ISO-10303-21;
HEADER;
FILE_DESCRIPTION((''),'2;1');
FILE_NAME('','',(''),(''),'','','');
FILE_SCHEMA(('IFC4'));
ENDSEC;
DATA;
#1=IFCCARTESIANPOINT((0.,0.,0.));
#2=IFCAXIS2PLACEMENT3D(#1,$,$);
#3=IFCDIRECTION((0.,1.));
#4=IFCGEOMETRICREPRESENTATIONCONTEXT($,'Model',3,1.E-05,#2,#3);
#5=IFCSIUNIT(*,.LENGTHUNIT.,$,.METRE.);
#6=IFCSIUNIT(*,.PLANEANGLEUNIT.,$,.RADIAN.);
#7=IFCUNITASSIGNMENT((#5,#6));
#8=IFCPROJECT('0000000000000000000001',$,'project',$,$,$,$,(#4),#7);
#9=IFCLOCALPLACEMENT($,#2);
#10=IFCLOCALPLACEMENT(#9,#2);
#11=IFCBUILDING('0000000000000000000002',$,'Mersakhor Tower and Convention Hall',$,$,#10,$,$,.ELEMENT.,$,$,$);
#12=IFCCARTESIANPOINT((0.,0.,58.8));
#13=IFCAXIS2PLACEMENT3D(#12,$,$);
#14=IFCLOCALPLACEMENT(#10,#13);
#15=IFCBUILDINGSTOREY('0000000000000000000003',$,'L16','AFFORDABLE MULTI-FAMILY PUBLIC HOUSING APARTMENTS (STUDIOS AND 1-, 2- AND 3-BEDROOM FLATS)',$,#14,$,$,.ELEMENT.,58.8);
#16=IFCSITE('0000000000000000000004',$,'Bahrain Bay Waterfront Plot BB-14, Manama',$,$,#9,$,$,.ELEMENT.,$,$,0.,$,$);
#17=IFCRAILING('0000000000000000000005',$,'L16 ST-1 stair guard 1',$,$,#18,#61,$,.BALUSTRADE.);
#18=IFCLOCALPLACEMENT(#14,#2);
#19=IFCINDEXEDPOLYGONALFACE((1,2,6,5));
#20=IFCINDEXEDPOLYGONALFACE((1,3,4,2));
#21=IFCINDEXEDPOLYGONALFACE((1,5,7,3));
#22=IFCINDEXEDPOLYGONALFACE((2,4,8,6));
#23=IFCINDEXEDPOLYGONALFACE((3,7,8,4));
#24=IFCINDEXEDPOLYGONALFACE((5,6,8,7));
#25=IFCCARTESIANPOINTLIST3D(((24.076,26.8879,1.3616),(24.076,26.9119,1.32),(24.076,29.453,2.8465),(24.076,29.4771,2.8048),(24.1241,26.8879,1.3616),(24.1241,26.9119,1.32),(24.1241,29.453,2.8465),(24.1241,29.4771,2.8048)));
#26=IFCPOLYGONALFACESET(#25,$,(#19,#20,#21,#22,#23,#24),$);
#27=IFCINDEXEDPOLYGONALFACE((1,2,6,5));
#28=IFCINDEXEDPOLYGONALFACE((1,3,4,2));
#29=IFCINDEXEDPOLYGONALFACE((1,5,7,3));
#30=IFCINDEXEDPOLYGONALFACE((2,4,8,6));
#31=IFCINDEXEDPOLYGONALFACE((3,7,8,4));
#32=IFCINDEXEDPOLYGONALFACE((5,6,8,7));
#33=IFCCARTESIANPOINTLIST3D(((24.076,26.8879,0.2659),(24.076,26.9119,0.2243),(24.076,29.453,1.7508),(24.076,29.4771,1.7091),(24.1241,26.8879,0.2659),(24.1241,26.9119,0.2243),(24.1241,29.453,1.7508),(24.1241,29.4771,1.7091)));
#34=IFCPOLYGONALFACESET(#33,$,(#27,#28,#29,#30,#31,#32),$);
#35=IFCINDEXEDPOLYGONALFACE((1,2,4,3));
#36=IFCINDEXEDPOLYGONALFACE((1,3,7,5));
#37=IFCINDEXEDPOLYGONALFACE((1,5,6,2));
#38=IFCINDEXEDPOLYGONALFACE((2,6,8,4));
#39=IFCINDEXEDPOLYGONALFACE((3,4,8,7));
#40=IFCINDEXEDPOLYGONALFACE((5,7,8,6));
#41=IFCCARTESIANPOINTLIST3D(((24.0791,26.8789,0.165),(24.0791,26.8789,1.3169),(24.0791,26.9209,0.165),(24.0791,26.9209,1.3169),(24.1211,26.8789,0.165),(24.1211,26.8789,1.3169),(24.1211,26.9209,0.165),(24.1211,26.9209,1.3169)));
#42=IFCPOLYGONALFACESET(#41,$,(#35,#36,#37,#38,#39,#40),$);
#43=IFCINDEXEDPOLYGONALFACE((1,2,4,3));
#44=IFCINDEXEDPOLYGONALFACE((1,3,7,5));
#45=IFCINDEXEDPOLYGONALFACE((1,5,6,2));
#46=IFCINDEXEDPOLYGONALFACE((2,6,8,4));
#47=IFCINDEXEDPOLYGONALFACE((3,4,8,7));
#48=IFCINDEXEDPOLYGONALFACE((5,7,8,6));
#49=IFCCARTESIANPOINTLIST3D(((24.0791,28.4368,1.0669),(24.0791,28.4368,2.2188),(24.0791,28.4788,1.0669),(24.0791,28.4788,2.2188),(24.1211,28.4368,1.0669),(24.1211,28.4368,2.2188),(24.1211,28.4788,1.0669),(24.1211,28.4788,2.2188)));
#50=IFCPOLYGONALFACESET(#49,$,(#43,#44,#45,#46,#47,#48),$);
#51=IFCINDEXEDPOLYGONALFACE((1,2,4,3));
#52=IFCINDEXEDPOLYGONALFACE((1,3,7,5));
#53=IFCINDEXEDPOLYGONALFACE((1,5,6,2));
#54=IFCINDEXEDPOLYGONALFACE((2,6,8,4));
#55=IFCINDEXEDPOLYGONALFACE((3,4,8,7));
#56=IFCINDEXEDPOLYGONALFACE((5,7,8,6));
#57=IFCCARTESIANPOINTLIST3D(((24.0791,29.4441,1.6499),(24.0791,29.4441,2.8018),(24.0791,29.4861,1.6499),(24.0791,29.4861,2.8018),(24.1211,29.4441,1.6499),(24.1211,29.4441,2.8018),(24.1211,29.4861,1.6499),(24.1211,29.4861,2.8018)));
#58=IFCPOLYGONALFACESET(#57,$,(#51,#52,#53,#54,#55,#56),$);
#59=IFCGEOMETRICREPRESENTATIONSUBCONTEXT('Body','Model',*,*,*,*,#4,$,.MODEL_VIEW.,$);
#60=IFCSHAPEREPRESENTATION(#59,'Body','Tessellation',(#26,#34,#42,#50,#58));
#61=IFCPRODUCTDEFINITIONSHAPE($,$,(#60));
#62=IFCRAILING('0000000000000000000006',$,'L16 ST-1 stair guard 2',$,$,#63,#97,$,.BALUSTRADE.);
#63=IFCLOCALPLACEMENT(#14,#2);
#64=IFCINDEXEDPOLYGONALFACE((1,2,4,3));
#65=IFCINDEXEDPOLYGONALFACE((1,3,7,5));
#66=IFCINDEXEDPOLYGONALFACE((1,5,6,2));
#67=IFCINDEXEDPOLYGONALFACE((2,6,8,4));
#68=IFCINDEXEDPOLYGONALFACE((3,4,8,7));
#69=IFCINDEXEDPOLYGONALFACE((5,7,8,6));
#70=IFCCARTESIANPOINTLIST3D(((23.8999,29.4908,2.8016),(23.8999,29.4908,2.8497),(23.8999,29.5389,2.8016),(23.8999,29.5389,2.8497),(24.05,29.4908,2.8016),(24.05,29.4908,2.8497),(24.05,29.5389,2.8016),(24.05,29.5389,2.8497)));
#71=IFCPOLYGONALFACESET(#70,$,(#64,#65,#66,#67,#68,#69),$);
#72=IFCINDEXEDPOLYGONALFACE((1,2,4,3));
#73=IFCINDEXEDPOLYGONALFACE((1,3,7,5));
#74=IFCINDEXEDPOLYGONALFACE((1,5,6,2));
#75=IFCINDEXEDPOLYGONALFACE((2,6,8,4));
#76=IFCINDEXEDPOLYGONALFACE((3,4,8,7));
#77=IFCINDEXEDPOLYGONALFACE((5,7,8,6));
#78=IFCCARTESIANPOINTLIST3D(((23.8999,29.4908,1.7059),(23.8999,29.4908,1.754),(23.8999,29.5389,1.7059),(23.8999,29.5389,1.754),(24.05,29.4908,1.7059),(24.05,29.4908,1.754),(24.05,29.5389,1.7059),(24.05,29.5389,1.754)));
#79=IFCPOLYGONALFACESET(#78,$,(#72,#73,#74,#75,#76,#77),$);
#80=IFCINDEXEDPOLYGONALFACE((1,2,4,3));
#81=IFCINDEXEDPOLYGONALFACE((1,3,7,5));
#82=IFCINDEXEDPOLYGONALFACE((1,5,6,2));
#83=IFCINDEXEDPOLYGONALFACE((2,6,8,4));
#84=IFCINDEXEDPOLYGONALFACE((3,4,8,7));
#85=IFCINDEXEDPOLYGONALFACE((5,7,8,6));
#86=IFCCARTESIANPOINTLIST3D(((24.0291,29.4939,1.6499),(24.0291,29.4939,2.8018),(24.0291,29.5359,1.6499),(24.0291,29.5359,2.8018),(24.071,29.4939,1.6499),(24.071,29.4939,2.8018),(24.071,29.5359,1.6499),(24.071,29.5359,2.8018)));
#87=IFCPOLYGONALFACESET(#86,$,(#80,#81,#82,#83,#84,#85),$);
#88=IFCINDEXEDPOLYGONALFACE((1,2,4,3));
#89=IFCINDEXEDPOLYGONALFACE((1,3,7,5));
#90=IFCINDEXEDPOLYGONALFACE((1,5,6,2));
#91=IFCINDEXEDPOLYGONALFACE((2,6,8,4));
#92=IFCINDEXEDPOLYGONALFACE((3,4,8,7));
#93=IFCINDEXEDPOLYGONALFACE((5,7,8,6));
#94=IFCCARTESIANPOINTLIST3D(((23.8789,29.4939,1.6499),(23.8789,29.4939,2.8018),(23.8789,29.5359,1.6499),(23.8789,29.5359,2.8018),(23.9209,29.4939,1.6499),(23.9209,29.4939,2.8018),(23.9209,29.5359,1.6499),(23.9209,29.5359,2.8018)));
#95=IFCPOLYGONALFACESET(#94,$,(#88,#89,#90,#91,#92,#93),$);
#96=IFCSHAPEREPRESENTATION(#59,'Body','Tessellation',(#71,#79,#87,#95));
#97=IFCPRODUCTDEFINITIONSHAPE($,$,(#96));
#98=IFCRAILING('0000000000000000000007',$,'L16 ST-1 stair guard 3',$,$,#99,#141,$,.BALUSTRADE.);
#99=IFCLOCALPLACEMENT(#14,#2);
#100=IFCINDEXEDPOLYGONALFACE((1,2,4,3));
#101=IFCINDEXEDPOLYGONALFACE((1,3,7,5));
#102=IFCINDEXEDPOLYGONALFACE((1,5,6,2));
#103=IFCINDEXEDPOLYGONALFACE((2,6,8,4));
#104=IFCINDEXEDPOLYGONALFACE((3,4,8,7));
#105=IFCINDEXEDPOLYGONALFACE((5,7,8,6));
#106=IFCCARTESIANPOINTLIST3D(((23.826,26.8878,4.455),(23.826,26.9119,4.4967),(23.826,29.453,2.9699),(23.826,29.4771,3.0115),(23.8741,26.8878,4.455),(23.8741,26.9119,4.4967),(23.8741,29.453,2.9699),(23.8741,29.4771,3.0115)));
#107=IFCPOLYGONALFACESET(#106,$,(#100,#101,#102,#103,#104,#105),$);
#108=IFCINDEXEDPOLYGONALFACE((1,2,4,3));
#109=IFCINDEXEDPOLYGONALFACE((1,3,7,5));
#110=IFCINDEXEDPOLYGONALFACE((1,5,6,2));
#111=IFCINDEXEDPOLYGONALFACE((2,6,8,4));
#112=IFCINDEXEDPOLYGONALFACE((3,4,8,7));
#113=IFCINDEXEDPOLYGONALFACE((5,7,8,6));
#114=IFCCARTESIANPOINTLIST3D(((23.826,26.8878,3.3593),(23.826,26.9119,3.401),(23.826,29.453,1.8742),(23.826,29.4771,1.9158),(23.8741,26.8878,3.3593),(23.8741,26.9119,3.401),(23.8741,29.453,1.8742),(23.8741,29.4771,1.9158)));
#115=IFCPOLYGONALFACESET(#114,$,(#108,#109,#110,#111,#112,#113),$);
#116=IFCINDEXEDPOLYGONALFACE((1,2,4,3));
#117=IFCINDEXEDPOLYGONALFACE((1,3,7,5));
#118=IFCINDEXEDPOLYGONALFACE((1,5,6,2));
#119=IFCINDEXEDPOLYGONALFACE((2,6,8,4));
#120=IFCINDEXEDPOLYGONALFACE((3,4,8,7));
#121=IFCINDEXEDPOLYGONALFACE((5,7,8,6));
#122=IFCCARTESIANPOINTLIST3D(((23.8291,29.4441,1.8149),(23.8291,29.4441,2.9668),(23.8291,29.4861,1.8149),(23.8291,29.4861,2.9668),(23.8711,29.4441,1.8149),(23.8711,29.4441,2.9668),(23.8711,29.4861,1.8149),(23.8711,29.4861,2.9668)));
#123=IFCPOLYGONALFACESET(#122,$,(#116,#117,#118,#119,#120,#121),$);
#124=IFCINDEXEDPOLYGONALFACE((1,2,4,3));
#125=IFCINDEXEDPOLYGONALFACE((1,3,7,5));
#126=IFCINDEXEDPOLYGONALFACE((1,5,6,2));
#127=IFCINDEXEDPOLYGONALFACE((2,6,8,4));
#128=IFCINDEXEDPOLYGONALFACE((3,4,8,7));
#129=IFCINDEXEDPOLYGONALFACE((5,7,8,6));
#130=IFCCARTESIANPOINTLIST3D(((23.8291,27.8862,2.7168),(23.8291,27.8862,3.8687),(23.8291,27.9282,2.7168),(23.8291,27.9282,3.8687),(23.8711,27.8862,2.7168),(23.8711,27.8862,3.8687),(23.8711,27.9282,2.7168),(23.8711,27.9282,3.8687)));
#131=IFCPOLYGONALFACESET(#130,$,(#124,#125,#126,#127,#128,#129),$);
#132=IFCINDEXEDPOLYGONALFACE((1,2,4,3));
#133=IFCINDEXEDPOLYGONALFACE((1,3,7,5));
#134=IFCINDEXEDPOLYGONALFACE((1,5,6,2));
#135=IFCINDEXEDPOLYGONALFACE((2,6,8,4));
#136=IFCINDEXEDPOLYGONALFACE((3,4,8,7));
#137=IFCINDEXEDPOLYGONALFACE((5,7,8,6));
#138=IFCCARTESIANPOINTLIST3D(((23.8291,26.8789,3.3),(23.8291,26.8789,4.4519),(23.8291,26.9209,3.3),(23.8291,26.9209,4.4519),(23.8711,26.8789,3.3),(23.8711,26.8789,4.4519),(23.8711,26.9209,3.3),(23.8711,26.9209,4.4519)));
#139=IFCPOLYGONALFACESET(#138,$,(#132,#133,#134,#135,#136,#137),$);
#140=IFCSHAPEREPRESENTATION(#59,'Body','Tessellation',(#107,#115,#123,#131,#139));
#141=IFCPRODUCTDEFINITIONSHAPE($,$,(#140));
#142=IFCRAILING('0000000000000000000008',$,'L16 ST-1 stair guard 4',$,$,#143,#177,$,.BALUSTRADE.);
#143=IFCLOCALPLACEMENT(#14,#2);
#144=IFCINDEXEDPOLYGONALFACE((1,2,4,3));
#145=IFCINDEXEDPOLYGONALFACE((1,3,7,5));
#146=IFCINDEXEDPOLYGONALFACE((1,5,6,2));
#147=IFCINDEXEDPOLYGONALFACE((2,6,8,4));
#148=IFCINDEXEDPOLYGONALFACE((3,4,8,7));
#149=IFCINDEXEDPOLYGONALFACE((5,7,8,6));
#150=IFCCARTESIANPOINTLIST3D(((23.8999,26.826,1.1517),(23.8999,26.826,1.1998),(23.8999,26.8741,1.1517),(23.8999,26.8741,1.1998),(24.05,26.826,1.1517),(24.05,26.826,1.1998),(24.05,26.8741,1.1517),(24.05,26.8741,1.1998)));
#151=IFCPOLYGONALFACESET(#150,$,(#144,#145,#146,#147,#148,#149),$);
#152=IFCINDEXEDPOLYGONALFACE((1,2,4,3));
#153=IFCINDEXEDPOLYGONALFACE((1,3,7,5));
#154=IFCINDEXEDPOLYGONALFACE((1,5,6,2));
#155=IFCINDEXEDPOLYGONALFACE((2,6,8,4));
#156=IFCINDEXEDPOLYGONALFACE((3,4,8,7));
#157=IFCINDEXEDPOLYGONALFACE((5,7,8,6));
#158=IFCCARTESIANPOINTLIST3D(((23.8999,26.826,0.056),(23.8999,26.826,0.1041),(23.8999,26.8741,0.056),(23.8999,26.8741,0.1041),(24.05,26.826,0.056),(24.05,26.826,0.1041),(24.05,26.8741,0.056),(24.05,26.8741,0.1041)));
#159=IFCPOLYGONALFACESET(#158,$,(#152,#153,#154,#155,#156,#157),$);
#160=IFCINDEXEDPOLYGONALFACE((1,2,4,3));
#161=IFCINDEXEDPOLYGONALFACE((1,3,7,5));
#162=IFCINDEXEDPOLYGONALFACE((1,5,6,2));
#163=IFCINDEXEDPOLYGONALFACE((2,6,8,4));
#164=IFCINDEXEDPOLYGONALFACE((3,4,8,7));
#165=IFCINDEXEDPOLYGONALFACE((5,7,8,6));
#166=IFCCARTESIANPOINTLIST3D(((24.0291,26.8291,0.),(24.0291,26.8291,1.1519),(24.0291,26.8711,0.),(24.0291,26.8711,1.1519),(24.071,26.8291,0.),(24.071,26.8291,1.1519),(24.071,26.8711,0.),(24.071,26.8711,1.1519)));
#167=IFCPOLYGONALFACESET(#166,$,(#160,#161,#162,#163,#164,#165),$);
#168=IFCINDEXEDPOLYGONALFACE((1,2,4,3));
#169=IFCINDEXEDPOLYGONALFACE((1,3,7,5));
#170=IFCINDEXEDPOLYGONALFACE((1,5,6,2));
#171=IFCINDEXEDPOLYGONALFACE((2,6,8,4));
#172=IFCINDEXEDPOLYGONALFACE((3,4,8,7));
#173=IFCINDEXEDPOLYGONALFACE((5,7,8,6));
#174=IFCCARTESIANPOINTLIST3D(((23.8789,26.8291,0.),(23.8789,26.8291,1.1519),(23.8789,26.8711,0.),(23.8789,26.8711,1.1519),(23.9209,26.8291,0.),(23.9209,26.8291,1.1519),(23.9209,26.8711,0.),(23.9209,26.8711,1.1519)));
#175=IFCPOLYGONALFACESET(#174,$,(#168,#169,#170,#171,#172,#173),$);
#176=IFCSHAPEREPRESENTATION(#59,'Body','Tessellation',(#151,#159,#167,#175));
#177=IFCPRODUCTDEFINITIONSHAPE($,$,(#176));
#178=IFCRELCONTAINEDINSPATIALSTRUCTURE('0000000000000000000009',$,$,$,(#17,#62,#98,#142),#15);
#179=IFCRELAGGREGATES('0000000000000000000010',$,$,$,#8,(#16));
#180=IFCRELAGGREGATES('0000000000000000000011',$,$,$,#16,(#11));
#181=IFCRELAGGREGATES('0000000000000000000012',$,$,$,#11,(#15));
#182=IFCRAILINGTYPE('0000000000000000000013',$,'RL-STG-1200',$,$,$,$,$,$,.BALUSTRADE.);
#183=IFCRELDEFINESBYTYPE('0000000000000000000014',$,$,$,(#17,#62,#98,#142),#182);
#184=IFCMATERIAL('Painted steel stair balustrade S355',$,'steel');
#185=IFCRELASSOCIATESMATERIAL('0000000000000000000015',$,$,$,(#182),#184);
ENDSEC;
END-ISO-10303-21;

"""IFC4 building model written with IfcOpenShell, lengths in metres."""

from ifc_helpers import new_model, si_unit, direction, frame, origin, origin_2d, place, context, subcontext, project, spatial, rectangle, extrude, material, type_object, element, save


model = new_model("IFC4")

# Units and contexts
model_context = context("Model", 3, precision=1e-05, world=origin(), true_north=direction((0.0, 1.0)))
body_context = subcontext(model_context, "Body", "Model", "MODEL_VIEW")
ifc_project = project(units=[si_unit("LENGTHUNIT", "METRE"), si_unit("PLANEANGLEUNIT", "RADIAN")], contexts=[model_context])

# Site, building, storey
site_placement = place(None, origin())
site = spatial("IfcSite", under=ifc_project, at=site_placement, Name="Bahrain Bay Waterfront Plot BB-14, Manama", CompositionType="ELEMENT", RefElevation=0.0)
building_placement = place(site_placement, origin())
building = spatial("IfcBuilding", under=site, at=building_placement, Name="Mersakhor Tower and Convention Hall", CompositionType="ELEMENT")
storey_placement = place(building_placement, frame((0.0, 0.0, 58.8)))
storey = spatial("IfcBuildingStorey", under=building, at=storey_placement, Name="L16", Description="AFFORDABLE MULTI-FAMILY PUBLIC HOUSING APARTMENTS (STUDIOS AND 1-, 2- AND 3-BEDROOM FLATS)", CompositionType="ELEMENT", Elevation=58.8)

# Railings
ifc_material_1 = material(Name="Painted steel stair balustrade S355", Category="steel")
railing_type_1 = type_object("IfcRailingType", Name="RL-STG-1200", PredefinedType="BALUSTRADE", material=ifc_material_1)
railing_1_placement = place(storey_placement, frame((24.1001, 26.8999, 0.165)))
element("IfcRailing", 1, at=railing_1_placement, inside=storey, type_object=railing_type_1, Name="L16 ST-1 stair guard 1", PredefinedType="BALUSTRADE", context=body_context, shape_type="SweptSolid", body=[
    extrude(rectangle(XDim=0.0481, YDim=0.0481, at=origin_2d()), frame((0.0, 0.0, 1.1758), z_axis=(0.0, 0.865462, 0.500975), x_axis=(-1.0, 0.0, 0.0)), (0.0, 0.0, 1.0), 2.9639),
    extrude(rectangle(XDim=0.0481, YDim=0.0481, at=origin_2d()), frame((0.0, 0.0, 0.0801), z_axis=(0.0, 0.865462, 0.500975), x_axis=(-1.0, 0.0, 0.0)), (0.0, 0.0, 1.0), 2.9639),
    extrude(rectangle(XDim=0.042, YDim=0.042, at=origin_2d()), origin(), (0.0, 0.0, 1.0), 1.1519),
    extrude(rectangle(XDim=0.042, YDim=0.042, at=origin_2d()), frame((0.0, 1.5579, 0.9019)), (0.0, 0.0, 1.0), 1.1519),
    extrude(rectangle(XDim=0.042, YDim=0.042, at=origin_2d()), frame((0.0, 2.5652, 1.4849)), (0.0, 0.0, 1.0), 1.1519),
])
railing_2_placement = place(storey_placement, frame((24.05, 29.5149, 1.6499)))
element("IfcRailing", 2, at=railing_2_placement, inside=storey, type_object=railing_type_1, Name="L16 ST-1 stair guard 2", PredefinedType="BALUSTRADE", context=body_context, shape_type="SweptSolid", body=[
    extrude(rectangle(XDim=0.0481, YDim=0.0481, at=origin_2d()), frame((0.0, 0.0, 1.1758), z_axis=(-1.0, 0.0, 0.0), x_axis=(0.0, -1.0, 0.0)), (0.0, 0.0, 1.0), 0.1501),
    extrude(rectangle(XDim=0.0481, YDim=0.0481, at=origin_2d()), frame((0.0, 0.0, 0.0801), z_axis=(-1.0, 0.0, 0.0), x_axis=(0.0, -1.0, 0.0)), (0.0, 0.0, 1.0), 0.1501),
    extrude(rectangle(XDim=0.042, YDim=0.042, at=origin_2d()), origin(), (0.0, 0.0, 1.0), 1.1519),
    extrude(rectangle(XDim=0.042, YDim=0.042, at=origin_2d()), frame((-0.1501, 0.0, 0.0)), (0.0, 0.0, 1.0), 1.1519),
])
railing_3_placement = place(storey_placement, frame((23.8501, 29.4651, 1.8149)))
element("IfcRailing", 3, at=railing_3_placement, inside=storey, type_object=railing_type_1, Name="L16 ST-1 stair guard 3", PredefinedType="BALUSTRADE", context=body_context, shape_type="SweptSolid", body=[
    extrude(rectangle(XDim=0.0481, YDim=0.0481, at=origin_2d()), frame((0.0, 0.0, 1.1758), z_axis=(0.0, -0.865426, 0.501036), x_axis=(1.0, 0.0, 0.0)), (0.0, 0.0, 1.0), 2.9641),
    extrude(rectangle(XDim=0.0481, YDim=0.0481, at=origin_2d()), frame((0.0, 0.0, 0.0801), z_axis=(0.0, -0.865426, 0.501036), x_axis=(1.0, 0.0, 0.0)), (0.0, 0.0, 1.0), 2.9641),
    extrude(rectangle(XDim=0.042, YDim=0.042, at=origin_2d()), origin(), (0.0, 0.0, 1.0), 1.1519),
    extrude(rectangle(XDim=0.042, YDim=0.042, at=origin_2d()), frame((0.0, -1.5579, 0.9019)), (0.0, 0.0, 1.0), 1.1519),
    extrude(rectangle(XDim=0.042, YDim=0.042, at=origin_2d()), frame((0.0, -2.5652, 1.4851)), (0.0, 0.0, 1.0), 1.1519),
])
railing_4_placement = place(storey_placement, frame((24.05, 26.8501, 0.0)))
element("IfcRailing", 4, at=railing_4_placement, inside=storey, type_object=railing_type_1, Name="L16 ST-1 stair guard 4", PredefinedType="BALUSTRADE", context=body_context, shape_type="SweptSolid", body=[
    extrude(rectangle(XDim=0.0481, YDim=0.0481, at=origin_2d()), frame((0.0, 0.0, 1.1758), z_axis=(-1.0, 0.0, 0.0), x_axis=(0.0, -1.0, 0.0)), (0.0, 0.0, 1.0), 0.1501),
    extrude(rectangle(XDim=0.0481, YDim=0.0481, at=origin_2d()), frame((0.0, 0.0, 0.0801), z_axis=(-1.0, 0.0, 0.0), x_axis=(0.0, -1.0, 0.0)), (0.0, 0.0, 1.0), 0.1501),
    extrude(rectangle(XDim=0.042, YDim=0.042, at=origin_2d()), origin(), (0.0, 0.0, 1.0), 1.1519),
    extrude(rectangle(XDim=0.042, YDim=0.042, at=origin_2d()), frame((-0.1501, 0.0, 0.0)), (0.0, 0.0, 1.0), 1.1519),
])

save(model, "model.ifc")
